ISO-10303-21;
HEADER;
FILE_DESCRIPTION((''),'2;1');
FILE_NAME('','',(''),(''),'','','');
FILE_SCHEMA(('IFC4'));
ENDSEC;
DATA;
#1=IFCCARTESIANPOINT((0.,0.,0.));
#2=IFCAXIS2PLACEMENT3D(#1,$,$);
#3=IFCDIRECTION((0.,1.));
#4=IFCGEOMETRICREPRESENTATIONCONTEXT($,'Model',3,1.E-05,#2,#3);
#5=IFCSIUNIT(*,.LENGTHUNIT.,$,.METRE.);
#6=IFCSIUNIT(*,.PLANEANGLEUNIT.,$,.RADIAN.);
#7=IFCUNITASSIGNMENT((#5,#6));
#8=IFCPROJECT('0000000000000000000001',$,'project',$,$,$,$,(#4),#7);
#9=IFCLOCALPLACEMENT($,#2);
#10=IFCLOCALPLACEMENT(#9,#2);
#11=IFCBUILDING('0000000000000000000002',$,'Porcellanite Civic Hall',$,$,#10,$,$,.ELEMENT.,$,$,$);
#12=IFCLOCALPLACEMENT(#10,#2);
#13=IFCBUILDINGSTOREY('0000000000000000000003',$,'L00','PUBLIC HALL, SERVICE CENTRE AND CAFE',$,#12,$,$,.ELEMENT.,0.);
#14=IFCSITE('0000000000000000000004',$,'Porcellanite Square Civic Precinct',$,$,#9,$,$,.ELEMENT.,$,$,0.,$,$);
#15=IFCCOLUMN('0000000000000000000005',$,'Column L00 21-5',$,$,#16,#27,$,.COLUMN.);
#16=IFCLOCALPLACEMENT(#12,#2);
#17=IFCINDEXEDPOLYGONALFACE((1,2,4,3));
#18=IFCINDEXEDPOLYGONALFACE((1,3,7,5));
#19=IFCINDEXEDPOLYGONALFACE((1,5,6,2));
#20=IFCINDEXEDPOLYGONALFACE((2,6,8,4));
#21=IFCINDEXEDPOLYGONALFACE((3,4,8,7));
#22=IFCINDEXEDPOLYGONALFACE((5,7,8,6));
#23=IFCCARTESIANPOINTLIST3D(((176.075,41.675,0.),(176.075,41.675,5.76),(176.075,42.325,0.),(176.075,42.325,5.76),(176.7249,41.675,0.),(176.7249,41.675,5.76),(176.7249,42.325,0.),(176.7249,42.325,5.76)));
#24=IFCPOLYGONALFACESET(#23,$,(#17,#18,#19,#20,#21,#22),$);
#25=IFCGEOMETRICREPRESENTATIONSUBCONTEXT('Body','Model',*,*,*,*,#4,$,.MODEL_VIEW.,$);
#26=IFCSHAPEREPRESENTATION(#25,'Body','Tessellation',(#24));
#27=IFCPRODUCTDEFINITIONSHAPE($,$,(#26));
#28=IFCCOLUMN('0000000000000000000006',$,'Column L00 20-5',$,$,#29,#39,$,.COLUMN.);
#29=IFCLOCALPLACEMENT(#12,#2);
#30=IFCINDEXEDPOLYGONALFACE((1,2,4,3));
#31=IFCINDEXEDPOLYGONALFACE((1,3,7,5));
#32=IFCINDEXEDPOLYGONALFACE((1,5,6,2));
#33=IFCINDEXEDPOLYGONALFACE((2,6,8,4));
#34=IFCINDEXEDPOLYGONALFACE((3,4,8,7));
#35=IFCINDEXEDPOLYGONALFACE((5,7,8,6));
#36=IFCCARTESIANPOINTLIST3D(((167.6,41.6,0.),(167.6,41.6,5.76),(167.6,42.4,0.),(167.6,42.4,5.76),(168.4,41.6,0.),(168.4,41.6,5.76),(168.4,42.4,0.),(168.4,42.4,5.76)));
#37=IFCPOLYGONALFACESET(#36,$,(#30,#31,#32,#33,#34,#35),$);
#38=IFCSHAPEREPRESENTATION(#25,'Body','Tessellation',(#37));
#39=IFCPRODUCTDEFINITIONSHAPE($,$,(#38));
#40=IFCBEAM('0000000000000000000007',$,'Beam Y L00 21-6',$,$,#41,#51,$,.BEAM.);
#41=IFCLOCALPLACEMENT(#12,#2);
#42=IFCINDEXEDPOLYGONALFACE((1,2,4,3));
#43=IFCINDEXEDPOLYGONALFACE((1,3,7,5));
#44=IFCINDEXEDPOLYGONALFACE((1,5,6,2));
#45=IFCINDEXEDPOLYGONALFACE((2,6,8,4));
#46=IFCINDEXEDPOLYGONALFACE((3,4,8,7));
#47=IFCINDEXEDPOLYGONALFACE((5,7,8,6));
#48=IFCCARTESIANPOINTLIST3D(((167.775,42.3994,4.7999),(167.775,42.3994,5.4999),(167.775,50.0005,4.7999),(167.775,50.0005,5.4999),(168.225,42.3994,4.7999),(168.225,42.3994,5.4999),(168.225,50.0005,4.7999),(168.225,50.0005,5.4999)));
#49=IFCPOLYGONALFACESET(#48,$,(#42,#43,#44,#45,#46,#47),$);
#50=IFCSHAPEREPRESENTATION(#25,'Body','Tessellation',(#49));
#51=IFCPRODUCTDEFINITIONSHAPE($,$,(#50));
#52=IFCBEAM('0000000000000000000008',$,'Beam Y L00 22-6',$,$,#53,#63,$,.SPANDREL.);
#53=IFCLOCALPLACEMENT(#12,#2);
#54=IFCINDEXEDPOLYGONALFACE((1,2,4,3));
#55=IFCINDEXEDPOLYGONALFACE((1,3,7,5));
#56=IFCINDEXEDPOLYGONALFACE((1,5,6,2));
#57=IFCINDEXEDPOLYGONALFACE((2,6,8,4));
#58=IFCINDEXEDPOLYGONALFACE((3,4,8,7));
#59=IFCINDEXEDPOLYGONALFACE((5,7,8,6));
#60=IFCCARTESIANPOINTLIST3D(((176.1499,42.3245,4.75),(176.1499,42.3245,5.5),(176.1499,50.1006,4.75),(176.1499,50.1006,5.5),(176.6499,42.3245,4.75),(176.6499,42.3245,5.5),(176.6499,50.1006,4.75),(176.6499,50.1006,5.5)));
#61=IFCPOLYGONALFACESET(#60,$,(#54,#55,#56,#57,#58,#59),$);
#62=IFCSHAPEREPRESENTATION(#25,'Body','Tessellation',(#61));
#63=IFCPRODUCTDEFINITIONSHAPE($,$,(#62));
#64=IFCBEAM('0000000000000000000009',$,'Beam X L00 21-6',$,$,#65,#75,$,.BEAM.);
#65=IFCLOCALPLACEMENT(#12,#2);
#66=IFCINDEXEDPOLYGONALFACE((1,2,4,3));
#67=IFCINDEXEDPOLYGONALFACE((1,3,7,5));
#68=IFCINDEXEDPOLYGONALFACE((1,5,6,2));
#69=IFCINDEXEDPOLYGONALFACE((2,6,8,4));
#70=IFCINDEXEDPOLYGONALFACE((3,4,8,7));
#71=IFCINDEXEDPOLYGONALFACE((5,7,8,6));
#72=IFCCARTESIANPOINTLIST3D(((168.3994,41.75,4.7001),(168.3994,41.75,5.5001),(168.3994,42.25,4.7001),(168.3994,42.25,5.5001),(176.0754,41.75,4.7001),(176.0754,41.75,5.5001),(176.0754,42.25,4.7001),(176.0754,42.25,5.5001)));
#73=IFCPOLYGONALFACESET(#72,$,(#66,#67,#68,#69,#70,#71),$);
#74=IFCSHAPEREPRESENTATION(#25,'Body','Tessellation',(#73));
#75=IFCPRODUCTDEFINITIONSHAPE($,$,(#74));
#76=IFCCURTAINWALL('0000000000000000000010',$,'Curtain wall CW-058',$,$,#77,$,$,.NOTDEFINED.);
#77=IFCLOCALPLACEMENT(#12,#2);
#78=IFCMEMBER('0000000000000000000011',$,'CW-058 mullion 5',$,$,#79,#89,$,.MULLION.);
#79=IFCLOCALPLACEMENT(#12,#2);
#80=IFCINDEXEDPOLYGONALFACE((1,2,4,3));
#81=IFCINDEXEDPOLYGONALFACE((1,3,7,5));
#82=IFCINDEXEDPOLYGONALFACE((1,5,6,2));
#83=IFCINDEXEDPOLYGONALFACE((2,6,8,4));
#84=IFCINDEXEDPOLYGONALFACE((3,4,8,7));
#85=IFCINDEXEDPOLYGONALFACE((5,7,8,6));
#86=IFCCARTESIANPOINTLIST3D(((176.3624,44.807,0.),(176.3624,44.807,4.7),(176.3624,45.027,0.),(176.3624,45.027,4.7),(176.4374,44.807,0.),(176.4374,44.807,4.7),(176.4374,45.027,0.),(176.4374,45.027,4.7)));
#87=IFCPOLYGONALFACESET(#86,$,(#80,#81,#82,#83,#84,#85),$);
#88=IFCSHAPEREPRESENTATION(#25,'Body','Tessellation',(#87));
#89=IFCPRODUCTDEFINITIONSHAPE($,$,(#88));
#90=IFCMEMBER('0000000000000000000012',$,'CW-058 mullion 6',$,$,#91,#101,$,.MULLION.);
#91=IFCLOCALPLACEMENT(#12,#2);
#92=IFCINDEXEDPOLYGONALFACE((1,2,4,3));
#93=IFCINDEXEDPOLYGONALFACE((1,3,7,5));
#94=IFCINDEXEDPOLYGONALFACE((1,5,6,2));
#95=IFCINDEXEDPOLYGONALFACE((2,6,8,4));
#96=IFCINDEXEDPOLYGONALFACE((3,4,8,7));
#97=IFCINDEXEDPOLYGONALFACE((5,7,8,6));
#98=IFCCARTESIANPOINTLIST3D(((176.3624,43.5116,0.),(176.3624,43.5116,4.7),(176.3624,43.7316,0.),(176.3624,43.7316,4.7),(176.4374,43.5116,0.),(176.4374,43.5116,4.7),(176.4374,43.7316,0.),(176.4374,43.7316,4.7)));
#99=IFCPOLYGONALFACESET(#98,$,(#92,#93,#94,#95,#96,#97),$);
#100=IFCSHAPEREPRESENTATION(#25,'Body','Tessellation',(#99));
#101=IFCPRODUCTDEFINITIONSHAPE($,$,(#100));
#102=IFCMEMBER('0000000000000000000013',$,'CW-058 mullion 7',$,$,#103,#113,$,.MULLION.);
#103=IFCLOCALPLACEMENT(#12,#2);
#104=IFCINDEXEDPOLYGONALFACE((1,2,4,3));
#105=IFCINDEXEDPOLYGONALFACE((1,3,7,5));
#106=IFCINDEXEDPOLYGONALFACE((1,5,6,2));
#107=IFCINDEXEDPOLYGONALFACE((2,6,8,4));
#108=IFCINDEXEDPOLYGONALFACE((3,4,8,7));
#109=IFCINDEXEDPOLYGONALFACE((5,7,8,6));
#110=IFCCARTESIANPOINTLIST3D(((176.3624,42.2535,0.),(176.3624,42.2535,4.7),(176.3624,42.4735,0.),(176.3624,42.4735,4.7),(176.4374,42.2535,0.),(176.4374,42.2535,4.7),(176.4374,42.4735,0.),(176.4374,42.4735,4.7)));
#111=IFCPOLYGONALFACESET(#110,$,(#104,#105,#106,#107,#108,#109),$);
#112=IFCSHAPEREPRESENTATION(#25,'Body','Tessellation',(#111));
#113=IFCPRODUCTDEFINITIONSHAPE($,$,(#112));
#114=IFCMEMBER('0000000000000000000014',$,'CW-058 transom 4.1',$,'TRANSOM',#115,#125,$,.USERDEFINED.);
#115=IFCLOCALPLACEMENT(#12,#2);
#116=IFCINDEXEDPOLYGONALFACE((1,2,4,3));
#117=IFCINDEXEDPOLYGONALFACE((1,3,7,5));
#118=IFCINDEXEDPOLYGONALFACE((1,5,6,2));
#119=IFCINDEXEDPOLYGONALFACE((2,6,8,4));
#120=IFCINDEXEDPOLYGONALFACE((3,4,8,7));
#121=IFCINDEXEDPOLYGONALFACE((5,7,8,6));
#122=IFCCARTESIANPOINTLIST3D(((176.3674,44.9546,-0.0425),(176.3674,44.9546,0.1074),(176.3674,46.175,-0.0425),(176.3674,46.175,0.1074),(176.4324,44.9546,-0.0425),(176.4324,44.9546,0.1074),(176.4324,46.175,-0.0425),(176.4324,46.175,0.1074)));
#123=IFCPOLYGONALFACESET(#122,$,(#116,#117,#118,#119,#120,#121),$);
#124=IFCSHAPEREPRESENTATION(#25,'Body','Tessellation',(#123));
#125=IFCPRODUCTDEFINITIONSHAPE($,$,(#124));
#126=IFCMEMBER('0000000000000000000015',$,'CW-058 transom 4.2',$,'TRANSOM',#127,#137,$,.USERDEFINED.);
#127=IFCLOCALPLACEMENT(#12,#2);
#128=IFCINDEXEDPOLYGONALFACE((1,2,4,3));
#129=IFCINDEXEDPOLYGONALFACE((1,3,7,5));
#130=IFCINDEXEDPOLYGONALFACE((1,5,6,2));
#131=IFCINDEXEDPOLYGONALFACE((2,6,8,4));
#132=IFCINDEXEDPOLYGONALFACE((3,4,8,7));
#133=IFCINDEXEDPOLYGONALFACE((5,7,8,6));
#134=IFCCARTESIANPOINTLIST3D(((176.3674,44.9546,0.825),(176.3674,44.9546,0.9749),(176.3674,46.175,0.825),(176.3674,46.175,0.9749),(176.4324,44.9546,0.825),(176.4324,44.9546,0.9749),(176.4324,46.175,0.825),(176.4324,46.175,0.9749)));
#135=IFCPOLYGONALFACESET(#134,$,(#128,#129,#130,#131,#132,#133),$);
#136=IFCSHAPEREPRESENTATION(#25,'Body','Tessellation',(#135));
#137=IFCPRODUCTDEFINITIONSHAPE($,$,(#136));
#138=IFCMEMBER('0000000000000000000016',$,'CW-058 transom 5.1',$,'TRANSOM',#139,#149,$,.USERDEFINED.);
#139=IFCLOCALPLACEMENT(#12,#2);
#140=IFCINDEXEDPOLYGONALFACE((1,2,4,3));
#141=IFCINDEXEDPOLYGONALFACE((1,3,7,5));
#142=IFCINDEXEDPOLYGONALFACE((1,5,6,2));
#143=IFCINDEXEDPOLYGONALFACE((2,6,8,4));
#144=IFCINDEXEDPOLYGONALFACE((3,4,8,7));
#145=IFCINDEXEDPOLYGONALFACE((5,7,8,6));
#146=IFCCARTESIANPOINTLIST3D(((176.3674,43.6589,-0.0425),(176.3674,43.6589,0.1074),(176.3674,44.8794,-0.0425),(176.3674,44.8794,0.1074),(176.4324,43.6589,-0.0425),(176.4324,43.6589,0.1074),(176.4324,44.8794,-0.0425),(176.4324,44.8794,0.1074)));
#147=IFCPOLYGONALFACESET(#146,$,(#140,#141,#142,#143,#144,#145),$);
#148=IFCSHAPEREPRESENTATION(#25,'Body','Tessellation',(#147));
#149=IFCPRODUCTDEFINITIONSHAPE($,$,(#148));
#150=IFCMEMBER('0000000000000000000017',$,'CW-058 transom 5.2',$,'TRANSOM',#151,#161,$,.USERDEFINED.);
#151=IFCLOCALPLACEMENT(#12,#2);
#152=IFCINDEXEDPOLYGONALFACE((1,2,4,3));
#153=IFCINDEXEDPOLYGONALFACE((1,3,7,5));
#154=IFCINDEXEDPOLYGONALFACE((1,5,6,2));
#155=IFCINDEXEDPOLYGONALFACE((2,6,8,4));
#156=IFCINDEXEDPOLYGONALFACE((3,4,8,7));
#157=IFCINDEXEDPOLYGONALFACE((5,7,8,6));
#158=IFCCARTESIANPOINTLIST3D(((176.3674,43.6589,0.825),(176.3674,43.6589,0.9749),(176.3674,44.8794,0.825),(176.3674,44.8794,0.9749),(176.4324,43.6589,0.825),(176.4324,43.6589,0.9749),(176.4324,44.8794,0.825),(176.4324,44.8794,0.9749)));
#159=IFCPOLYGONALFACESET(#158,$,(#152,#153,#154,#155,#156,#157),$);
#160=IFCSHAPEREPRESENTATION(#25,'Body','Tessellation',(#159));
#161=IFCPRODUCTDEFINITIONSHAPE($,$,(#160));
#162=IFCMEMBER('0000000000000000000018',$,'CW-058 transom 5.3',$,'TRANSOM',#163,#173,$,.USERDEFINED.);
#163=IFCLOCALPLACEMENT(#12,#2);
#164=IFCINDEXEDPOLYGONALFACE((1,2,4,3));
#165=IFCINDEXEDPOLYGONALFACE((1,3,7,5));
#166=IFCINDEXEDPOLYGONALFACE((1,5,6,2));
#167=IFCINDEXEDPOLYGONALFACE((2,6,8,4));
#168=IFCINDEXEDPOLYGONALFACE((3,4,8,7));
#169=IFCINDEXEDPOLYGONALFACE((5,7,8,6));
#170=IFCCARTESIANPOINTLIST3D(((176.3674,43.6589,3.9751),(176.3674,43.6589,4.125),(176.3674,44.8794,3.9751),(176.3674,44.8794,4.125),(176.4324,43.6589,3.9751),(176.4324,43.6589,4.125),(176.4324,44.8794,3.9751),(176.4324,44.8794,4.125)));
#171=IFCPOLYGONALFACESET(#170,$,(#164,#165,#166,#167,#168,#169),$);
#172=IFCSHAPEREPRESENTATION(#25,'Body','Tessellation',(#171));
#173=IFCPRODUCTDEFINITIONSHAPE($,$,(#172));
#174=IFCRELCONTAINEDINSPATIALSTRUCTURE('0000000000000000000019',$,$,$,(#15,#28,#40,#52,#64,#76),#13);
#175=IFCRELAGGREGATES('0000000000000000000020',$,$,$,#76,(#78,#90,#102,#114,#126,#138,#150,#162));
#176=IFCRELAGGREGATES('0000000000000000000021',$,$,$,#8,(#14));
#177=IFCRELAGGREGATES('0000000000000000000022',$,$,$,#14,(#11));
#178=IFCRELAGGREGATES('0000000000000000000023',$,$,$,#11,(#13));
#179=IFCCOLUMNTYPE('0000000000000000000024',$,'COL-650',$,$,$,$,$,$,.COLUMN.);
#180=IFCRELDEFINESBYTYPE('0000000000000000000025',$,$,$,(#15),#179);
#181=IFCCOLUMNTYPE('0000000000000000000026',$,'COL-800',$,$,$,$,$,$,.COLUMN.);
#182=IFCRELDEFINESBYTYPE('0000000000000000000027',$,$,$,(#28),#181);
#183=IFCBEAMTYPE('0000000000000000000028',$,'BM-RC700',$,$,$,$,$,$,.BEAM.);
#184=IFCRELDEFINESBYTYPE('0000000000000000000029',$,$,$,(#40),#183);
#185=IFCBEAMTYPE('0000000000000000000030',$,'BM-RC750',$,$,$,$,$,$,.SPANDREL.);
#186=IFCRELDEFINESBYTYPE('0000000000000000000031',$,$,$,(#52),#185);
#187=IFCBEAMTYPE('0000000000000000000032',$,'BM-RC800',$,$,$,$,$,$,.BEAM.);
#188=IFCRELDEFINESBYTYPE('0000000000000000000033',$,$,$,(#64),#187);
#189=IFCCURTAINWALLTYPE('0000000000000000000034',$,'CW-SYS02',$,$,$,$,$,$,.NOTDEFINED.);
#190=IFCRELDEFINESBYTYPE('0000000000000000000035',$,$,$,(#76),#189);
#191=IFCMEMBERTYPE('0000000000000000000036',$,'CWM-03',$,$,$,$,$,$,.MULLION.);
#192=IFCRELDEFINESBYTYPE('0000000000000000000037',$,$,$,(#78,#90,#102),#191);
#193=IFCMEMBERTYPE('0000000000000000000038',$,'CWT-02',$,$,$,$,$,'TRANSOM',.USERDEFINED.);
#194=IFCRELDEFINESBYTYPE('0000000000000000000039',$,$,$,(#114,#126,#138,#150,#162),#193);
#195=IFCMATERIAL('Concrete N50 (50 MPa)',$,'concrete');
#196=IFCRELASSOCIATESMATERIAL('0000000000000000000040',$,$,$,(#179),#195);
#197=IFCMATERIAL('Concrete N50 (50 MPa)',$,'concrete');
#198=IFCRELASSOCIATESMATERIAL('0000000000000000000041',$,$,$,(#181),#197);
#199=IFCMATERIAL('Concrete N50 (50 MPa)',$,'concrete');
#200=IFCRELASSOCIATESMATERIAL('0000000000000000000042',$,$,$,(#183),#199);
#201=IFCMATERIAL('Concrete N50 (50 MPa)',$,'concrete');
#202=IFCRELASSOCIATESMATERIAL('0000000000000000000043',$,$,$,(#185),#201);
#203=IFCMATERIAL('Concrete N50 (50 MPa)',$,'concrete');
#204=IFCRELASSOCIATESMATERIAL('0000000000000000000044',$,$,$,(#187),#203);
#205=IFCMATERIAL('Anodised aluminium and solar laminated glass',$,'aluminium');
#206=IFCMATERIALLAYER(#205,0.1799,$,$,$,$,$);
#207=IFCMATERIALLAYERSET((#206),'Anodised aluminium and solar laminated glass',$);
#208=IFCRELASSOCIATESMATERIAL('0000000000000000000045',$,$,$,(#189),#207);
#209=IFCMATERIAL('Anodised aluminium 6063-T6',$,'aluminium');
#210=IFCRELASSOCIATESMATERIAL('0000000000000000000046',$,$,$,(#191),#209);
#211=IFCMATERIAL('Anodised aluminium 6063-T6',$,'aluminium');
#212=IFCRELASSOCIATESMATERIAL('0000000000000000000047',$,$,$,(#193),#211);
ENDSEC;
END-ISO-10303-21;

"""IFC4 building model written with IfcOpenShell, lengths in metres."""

from ifc_helpers import new_model, si_unit, direction, frame, origin, origin_2d, place, context, subcontext, project, spatial, rectangle, extrude, material, layer, layer_set, material_profile, profile_set, type_object, element, aggregate, save


model = new_model("IFC4")

# Units and contexts
model_context = context("Model", 3, precision=1e-05, world=origin(), true_north=direction((0.0, 1.0)))
body_context = subcontext(model_context, "Body", "Model", "MODEL_VIEW")
ifc_project = project(units=[si_unit("LENGTHUNIT", "METRE"), si_unit("PLANEANGLEUNIT", "RADIAN")], contexts=[model_context])

# Site, building, storey
site_placement = place(None, origin())
site = spatial("IfcSite", under=ifc_project, at=site_placement, Name="Porcellanite Square Civic Precinct", CompositionType="ELEMENT", RefElevation=0.0)
building_placement = place(site_placement, origin())
building = spatial("IfcBuilding", under=site, at=building_placement, Name="Porcellanite Civic Hall", CompositionType="ELEMENT")
storey_placement = place(building_placement, origin())
storey = spatial("IfcBuildingStorey", under=building, at=storey_placement, Name="L00", Description="PUBLIC HALL, SERVICE CENTRE AND CAFE", CompositionType="ELEMENT", Elevation=0.0)

# Columns
ifc_material_1 = material(Name="Concrete N50 (50 MPa)", Category="concrete")
ifc_material_profile_1 = material_profile(ifc_material_1, rectangle(XDim=0.6499, YDim=0.6499, at=origin_2d()), Name="RC-650x650")
ifc_profile_set_1 = profile_set([ifc_material_profile_1], Name="Concrete N50 (50 MPa)")
column_type_1 = type_object("IfcColumnType", Name="COL-650", PredefinedType="COLUMN", material=ifc_profile_set_1)
column_1_placement = place(storey_placement, frame((176.3999, 42.0, 0.0), z_axis=(0.0, 0.0, 1.0), x_axis=(1.0, 0.0, 0.0)))
element("IfcColumn", 1, at=column_1_placement, inside=storey, type_object=column_type_1, Name="Column L00 21-5", PredefinedType="COLUMN", context=body_context, shape_type="SweptSolid", body=[
    extrude(rectangle(XDim=0.6499, YDim=0.6499, at=origin_2d()), origin(), (0.0, 0.0, 1.0), 5.76),
])
ifc_material_2 = material(Name="Concrete N50 (50 MPa)", Category="concrete")
ifc_material_profile_2 = material_profile(ifc_material_2, rectangle(XDim=0.8, YDim=0.8, at=origin_2d()), Name="RC-800x800")
ifc_profile_set_2 = profile_set([ifc_material_profile_2], Name="Concrete N50 (50 MPa)")
column_type_2 = type_object("IfcColumnType", Name="COL-800", PredefinedType="COLUMN", material=ifc_profile_set_2)
column_2_placement = place(storey_placement, frame((168.0, 42.0, 0.0), z_axis=(0.0, 0.0, 1.0), x_axis=(1.0, 0.0, 0.0)))
element("IfcColumn", 2, at=column_2_placement, inside=storey, type_object=column_type_2, Name="Column L00 20-5", PredefinedType="COLUMN", context=body_context, shape_type="SweptSolid", body=[
    extrude(rectangle(XDim=0.8, YDim=0.8, at=origin_2d()), origin(), (0.0, 0.0, 1.0), 5.76),
])

# Beams
ifc_material_3 = material(Name="Concrete N50 (50 MPa)", Category="concrete")
ifc_material_profile_3 = material_profile(ifc_material_3, rectangle(XDim=0.45, YDim=0.7, at=origin_2d()), Name="RC-450x700")
ifc_profile_set_3 = profile_set([ifc_material_profile_3], Name="Concrete N50 (50 MPa)")
beam_type_1 = type_object("IfcBeamType", Name="BM-RC700", PredefinedType="BEAM", material=ifc_profile_set_3)
beam_1_placement = place(storey_placement, frame((168.0, 42.3994, 5.1499), z_axis=(0.0, 1.0, 0.0), x_axis=(-1.0, 0.0, 0.0)))
element("IfcBeam", 3, at=beam_1_placement, inside=storey, type_object=beam_type_1, Name="Beam Y L00 21-6", PredefinedType="BEAM", context=body_context, shape_type="SweptSolid", body=[
    extrude(rectangle(XDim=0.45, YDim=0.7, at=origin_2d()), origin(), (0.0, 0.0, 1.0), 7.6011),
])
ifc_material_4 = material(Name="Concrete N50 (50 MPa)", Category="concrete")
ifc_material_profile_4 = material_profile(ifc_material_4, rectangle(XDim=0.5, YDim=0.75, at=origin_2d()), Name="RC-500x750")
ifc_profile_set_4 = profile_set([ifc_material_profile_4], Name="Concrete N50 (50 MPa)")
beam_type_2 = type_object("IfcBeamType", Name="BM-RC750", PredefinedType="SPANDREL", material=ifc_profile_set_4)
beam_2_placement = place(storey_placement, frame((176.3999, 42.3245, 5.125), z_axis=(0.0, 1.0, 0.0), x_axis=(-1.0, 0.0, 0.0)))
element("IfcBeam", 4, at=beam_2_placement, inside=storey, type_object=beam_type_2, Name="Beam Y L00 22-6", PredefinedType="SPANDREL", context=body_context, shape_type="SweptSolid", body=[
    extrude(rectangle(XDim=0.5, YDim=0.75, at=origin_2d()), origin(), (0.0, 0.0, 1.0), 7.7761),
])
ifc_material_5 = material(Name="Concrete N50 (50 MPa)", Category="concrete")
ifc_material_profile_5 = material_profile(ifc_material_5, rectangle(XDim=0.5, YDim=0.8, at=origin_2d()), Name="RC-500x800")
ifc_profile_set_5 = profile_set([ifc_material_profile_5], Name="Concrete N50 (50 MPa)")
beam_type_3 = type_object("IfcBeamType", Name="BM-RC800", PredefinedType="BEAM", material=ifc_profile_set_5)
beam_3_placement = place(storey_placement, frame((168.3994, 42.0, 5.1001), z_axis=(1.0, 0.0, 0.0), x_axis=(0.0, 1.0, 0.0)))
element("IfcBeam", 5, at=beam_3_placement, inside=storey, type_object=beam_type_3, Name="Beam X L00 21-6", PredefinedType="BEAM", context=body_context, shape_type="SweptSolid", body=[
    extrude(rectangle(XDim=0.5, YDim=0.8, at=origin_2d()), origin(), (0.0, 0.0, 1.0), 7.676),
])

# Curtain wall, members
ifc_material_6 = material(Name="Anodised aluminium and solar laminated glass", Category="aluminium")
ifc_layer_1 = layer(ifc_material_6, 0.1799)
ifc_layer_set_1 = layer_set([ifc_layer_1], Name="Anodised aluminium and solar laminated glass")
curtain_wall_type = type_object("IfcCurtainWallType", Name="CW-SYS02", PredefinedType="NOTDEFINED", material=ifc_layer_set_1)
curtain_wall_placement = place(storey_placement, origin())
curtain_wall = element("IfcCurtainWall", 6, at=curtain_wall_placement, inside=storey, type_object=curtain_wall_type, Name="Curtain wall CW-058", PredefinedType="NOTDEFINED")
ifc_material_7 = material(Name="Anodised aluminium 6063-T6", Category="aluminium")
ifc_material_profile_6 = material_profile(ifc_material_7, rectangle(XDim=0.075, YDim=0.22, at=origin_2d()), Name="AL-75x220")
ifc_profile_set_6 = profile_set([ifc_material_profile_6], Name="Anodised aluminium 6063-T6")
member_type_1 = type_object("IfcMemberType", Name="CWM-03", PredefinedType="MULLION", material=ifc_profile_set_6)
member_1_placement = place(storey_placement, frame((176.3999, 44.917, 0.0), z_axis=(0.0, 0.0, 1.0), x_axis=(1.0, 0.0, 0.0)))
member_1 = element("IfcMember", 7, at=member_1_placement, type_object=member_type_1, Name="CW-058 mullion 5", PredefinedType="MULLION", context=body_context, shape_type="SweptSolid", body=[
    extrude(rectangle(XDim=0.075, YDim=0.22, at=origin_2d()), origin(), (0.0, 0.0, 1.0), 4.7),
])
member_2_placement = place(storey_placement, frame((176.3999, 43.6216, 0.0), z_axis=(0.0, 0.0, 1.0), x_axis=(1.0, 0.0, 0.0)))
member_2 = element("IfcMember", 8, at=member_2_placement, type_object=member_type_1, Name="CW-058 mullion 6", PredefinedType="MULLION", context=body_context, shape_type="SweptSolid", body=[
    extrude(rectangle(XDim=0.075, YDim=0.22, at=origin_2d()), origin(), (0.0, 0.0, 1.0), 4.7),
])
member_3_placement = place(storey_placement, frame((176.3999, 42.3635, 0.0), z_axis=(0.0, 0.0, 1.0), x_axis=(1.0, 0.0, 0.0)))
member_3 = element("IfcMember", 9, at=member_3_placement, type_object=member_type_1, Name="CW-058 mullion 7", PredefinedType="MULLION", context=body_context, shape_type="SweptSolid", body=[
    extrude(rectangle(XDim=0.075, YDim=0.22, at=origin_2d()), origin(), (0.0, 0.0, 1.0), 4.7),
])
ifc_material_8 = material(Name="Anodised aluminium 6063-T6", Category="aluminium")
ifc_material_profile_7 = material_profile(ifc_material_8, rectangle(XDim=0.0649, YDim=0.1499, at=origin_2d()), Name="AL-65x150")
ifc_profile_set_7 = profile_set([ifc_material_profile_7], Name="Anodised aluminium 6063-T6")
member_type_2 = type_object("IfcMemberType", Name="CWT-02", ElementType="TRANSOM", PredefinedType="USERDEFINED", material=ifc_profile_set_7)
member_4_placement = place(storey_placement, frame((176.3999, 46.175, 0.0325), z_axis=(0.0, -1.0, 0.0), x_axis=(1.0, 0.0, 0.0)))
member_4 = element("IfcMember", 10, at=member_4_placement, type_object=member_type_2, Name="CW-058 transom 4.1", ObjectType="TRANSOM", PredefinedType="USERDEFINED", context=body_context, shape_type="SweptSolid", body=[
    extrude(rectangle(XDim=0.0649, YDim=0.1499, at=origin_2d()), origin(), (0.0, 0.0, 1.0), 1.2205),
])
member_5_placement = place(storey_placement, frame((176.3999, 46.175, 0.8999), z_axis=(0.0, -1.0, 0.0), x_axis=(1.0, 0.0, 0.0)))
member_5 = element("IfcMember", 11, at=member_5_placement, type_object=member_type_2, Name="CW-058 transom 4.2", ObjectType="TRANSOM", PredefinedType="USERDEFINED", context=body_context, shape_type="SweptSolid", body=[
    extrude(rectangle(XDim=0.0649, YDim=0.1499, at=origin_2d()), origin(), (0.0, 0.0, 1.0), 1.2205),
])
member_6_placement = place(storey_placement, frame((176.3999, 44.8794, 0.0325), z_axis=(0.0, -1.0, 0.0), x_axis=(1.0, 0.0, 0.0)))
member_6 = element("IfcMember", 12, at=member_6_placement, type_object=member_type_2, Name="CW-058 transom 5.1", ObjectType="TRANSOM", PredefinedType="USERDEFINED", context=body_context, shape_type="SweptSolid", body=[
    extrude(rectangle(XDim=0.0649, YDim=0.1499, at=origin_2d()), origin(), (0.0, 0.0, 1.0), 1.2205),
])
member_7_placement = place(storey_placement, frame((176.3999, 44.8794, 0.8999), z_axis=(0.0, -1.0, 0.0), x_axis=(1.0, 0.0, 0.0)))
member_7 = element("IfcMember", 13, at=member_7_placement, type_object=member_type_2, Name="CW-058 transom 5.2", ObjectType="TRANSOM", PredefinedType="USERDEFINED", context=body_context, shape_type="SweptSolid", body=[
    extrude(rectangle(XDim=0.0649, YDim=0.1499, at=origin_2d()), origin(), (0.0, 0.0, 1.0), 1.2205),
])
member_8_placement = place(storey_placement, frame((176.3999, 44.8794, 4.05), z_axis=(0.0, -1.0, 0.0), x_axis=(1.0, 0.0, 0.0)))
member_8 = element("IfcMember", 14, at=member_8_placement, type_object=member_type_2, Name="CW-058 transom 5.3", ObjectType="TRANSOM", PredefinedType="USERDEFINED", context=body_context, shape_type="SweptSolid", body=[
    extrude(rectangle(XDim=0.0649, YDim=0.1499, at=origin_2d()), origin(), (0.0, 0.0, 1.0), 1.2205),
])

aggregate(curtain_wall, [member_1, member_2, member_3, member_4, member_5, member_6, member_7, member_8])

save(model, "model.ifc")
